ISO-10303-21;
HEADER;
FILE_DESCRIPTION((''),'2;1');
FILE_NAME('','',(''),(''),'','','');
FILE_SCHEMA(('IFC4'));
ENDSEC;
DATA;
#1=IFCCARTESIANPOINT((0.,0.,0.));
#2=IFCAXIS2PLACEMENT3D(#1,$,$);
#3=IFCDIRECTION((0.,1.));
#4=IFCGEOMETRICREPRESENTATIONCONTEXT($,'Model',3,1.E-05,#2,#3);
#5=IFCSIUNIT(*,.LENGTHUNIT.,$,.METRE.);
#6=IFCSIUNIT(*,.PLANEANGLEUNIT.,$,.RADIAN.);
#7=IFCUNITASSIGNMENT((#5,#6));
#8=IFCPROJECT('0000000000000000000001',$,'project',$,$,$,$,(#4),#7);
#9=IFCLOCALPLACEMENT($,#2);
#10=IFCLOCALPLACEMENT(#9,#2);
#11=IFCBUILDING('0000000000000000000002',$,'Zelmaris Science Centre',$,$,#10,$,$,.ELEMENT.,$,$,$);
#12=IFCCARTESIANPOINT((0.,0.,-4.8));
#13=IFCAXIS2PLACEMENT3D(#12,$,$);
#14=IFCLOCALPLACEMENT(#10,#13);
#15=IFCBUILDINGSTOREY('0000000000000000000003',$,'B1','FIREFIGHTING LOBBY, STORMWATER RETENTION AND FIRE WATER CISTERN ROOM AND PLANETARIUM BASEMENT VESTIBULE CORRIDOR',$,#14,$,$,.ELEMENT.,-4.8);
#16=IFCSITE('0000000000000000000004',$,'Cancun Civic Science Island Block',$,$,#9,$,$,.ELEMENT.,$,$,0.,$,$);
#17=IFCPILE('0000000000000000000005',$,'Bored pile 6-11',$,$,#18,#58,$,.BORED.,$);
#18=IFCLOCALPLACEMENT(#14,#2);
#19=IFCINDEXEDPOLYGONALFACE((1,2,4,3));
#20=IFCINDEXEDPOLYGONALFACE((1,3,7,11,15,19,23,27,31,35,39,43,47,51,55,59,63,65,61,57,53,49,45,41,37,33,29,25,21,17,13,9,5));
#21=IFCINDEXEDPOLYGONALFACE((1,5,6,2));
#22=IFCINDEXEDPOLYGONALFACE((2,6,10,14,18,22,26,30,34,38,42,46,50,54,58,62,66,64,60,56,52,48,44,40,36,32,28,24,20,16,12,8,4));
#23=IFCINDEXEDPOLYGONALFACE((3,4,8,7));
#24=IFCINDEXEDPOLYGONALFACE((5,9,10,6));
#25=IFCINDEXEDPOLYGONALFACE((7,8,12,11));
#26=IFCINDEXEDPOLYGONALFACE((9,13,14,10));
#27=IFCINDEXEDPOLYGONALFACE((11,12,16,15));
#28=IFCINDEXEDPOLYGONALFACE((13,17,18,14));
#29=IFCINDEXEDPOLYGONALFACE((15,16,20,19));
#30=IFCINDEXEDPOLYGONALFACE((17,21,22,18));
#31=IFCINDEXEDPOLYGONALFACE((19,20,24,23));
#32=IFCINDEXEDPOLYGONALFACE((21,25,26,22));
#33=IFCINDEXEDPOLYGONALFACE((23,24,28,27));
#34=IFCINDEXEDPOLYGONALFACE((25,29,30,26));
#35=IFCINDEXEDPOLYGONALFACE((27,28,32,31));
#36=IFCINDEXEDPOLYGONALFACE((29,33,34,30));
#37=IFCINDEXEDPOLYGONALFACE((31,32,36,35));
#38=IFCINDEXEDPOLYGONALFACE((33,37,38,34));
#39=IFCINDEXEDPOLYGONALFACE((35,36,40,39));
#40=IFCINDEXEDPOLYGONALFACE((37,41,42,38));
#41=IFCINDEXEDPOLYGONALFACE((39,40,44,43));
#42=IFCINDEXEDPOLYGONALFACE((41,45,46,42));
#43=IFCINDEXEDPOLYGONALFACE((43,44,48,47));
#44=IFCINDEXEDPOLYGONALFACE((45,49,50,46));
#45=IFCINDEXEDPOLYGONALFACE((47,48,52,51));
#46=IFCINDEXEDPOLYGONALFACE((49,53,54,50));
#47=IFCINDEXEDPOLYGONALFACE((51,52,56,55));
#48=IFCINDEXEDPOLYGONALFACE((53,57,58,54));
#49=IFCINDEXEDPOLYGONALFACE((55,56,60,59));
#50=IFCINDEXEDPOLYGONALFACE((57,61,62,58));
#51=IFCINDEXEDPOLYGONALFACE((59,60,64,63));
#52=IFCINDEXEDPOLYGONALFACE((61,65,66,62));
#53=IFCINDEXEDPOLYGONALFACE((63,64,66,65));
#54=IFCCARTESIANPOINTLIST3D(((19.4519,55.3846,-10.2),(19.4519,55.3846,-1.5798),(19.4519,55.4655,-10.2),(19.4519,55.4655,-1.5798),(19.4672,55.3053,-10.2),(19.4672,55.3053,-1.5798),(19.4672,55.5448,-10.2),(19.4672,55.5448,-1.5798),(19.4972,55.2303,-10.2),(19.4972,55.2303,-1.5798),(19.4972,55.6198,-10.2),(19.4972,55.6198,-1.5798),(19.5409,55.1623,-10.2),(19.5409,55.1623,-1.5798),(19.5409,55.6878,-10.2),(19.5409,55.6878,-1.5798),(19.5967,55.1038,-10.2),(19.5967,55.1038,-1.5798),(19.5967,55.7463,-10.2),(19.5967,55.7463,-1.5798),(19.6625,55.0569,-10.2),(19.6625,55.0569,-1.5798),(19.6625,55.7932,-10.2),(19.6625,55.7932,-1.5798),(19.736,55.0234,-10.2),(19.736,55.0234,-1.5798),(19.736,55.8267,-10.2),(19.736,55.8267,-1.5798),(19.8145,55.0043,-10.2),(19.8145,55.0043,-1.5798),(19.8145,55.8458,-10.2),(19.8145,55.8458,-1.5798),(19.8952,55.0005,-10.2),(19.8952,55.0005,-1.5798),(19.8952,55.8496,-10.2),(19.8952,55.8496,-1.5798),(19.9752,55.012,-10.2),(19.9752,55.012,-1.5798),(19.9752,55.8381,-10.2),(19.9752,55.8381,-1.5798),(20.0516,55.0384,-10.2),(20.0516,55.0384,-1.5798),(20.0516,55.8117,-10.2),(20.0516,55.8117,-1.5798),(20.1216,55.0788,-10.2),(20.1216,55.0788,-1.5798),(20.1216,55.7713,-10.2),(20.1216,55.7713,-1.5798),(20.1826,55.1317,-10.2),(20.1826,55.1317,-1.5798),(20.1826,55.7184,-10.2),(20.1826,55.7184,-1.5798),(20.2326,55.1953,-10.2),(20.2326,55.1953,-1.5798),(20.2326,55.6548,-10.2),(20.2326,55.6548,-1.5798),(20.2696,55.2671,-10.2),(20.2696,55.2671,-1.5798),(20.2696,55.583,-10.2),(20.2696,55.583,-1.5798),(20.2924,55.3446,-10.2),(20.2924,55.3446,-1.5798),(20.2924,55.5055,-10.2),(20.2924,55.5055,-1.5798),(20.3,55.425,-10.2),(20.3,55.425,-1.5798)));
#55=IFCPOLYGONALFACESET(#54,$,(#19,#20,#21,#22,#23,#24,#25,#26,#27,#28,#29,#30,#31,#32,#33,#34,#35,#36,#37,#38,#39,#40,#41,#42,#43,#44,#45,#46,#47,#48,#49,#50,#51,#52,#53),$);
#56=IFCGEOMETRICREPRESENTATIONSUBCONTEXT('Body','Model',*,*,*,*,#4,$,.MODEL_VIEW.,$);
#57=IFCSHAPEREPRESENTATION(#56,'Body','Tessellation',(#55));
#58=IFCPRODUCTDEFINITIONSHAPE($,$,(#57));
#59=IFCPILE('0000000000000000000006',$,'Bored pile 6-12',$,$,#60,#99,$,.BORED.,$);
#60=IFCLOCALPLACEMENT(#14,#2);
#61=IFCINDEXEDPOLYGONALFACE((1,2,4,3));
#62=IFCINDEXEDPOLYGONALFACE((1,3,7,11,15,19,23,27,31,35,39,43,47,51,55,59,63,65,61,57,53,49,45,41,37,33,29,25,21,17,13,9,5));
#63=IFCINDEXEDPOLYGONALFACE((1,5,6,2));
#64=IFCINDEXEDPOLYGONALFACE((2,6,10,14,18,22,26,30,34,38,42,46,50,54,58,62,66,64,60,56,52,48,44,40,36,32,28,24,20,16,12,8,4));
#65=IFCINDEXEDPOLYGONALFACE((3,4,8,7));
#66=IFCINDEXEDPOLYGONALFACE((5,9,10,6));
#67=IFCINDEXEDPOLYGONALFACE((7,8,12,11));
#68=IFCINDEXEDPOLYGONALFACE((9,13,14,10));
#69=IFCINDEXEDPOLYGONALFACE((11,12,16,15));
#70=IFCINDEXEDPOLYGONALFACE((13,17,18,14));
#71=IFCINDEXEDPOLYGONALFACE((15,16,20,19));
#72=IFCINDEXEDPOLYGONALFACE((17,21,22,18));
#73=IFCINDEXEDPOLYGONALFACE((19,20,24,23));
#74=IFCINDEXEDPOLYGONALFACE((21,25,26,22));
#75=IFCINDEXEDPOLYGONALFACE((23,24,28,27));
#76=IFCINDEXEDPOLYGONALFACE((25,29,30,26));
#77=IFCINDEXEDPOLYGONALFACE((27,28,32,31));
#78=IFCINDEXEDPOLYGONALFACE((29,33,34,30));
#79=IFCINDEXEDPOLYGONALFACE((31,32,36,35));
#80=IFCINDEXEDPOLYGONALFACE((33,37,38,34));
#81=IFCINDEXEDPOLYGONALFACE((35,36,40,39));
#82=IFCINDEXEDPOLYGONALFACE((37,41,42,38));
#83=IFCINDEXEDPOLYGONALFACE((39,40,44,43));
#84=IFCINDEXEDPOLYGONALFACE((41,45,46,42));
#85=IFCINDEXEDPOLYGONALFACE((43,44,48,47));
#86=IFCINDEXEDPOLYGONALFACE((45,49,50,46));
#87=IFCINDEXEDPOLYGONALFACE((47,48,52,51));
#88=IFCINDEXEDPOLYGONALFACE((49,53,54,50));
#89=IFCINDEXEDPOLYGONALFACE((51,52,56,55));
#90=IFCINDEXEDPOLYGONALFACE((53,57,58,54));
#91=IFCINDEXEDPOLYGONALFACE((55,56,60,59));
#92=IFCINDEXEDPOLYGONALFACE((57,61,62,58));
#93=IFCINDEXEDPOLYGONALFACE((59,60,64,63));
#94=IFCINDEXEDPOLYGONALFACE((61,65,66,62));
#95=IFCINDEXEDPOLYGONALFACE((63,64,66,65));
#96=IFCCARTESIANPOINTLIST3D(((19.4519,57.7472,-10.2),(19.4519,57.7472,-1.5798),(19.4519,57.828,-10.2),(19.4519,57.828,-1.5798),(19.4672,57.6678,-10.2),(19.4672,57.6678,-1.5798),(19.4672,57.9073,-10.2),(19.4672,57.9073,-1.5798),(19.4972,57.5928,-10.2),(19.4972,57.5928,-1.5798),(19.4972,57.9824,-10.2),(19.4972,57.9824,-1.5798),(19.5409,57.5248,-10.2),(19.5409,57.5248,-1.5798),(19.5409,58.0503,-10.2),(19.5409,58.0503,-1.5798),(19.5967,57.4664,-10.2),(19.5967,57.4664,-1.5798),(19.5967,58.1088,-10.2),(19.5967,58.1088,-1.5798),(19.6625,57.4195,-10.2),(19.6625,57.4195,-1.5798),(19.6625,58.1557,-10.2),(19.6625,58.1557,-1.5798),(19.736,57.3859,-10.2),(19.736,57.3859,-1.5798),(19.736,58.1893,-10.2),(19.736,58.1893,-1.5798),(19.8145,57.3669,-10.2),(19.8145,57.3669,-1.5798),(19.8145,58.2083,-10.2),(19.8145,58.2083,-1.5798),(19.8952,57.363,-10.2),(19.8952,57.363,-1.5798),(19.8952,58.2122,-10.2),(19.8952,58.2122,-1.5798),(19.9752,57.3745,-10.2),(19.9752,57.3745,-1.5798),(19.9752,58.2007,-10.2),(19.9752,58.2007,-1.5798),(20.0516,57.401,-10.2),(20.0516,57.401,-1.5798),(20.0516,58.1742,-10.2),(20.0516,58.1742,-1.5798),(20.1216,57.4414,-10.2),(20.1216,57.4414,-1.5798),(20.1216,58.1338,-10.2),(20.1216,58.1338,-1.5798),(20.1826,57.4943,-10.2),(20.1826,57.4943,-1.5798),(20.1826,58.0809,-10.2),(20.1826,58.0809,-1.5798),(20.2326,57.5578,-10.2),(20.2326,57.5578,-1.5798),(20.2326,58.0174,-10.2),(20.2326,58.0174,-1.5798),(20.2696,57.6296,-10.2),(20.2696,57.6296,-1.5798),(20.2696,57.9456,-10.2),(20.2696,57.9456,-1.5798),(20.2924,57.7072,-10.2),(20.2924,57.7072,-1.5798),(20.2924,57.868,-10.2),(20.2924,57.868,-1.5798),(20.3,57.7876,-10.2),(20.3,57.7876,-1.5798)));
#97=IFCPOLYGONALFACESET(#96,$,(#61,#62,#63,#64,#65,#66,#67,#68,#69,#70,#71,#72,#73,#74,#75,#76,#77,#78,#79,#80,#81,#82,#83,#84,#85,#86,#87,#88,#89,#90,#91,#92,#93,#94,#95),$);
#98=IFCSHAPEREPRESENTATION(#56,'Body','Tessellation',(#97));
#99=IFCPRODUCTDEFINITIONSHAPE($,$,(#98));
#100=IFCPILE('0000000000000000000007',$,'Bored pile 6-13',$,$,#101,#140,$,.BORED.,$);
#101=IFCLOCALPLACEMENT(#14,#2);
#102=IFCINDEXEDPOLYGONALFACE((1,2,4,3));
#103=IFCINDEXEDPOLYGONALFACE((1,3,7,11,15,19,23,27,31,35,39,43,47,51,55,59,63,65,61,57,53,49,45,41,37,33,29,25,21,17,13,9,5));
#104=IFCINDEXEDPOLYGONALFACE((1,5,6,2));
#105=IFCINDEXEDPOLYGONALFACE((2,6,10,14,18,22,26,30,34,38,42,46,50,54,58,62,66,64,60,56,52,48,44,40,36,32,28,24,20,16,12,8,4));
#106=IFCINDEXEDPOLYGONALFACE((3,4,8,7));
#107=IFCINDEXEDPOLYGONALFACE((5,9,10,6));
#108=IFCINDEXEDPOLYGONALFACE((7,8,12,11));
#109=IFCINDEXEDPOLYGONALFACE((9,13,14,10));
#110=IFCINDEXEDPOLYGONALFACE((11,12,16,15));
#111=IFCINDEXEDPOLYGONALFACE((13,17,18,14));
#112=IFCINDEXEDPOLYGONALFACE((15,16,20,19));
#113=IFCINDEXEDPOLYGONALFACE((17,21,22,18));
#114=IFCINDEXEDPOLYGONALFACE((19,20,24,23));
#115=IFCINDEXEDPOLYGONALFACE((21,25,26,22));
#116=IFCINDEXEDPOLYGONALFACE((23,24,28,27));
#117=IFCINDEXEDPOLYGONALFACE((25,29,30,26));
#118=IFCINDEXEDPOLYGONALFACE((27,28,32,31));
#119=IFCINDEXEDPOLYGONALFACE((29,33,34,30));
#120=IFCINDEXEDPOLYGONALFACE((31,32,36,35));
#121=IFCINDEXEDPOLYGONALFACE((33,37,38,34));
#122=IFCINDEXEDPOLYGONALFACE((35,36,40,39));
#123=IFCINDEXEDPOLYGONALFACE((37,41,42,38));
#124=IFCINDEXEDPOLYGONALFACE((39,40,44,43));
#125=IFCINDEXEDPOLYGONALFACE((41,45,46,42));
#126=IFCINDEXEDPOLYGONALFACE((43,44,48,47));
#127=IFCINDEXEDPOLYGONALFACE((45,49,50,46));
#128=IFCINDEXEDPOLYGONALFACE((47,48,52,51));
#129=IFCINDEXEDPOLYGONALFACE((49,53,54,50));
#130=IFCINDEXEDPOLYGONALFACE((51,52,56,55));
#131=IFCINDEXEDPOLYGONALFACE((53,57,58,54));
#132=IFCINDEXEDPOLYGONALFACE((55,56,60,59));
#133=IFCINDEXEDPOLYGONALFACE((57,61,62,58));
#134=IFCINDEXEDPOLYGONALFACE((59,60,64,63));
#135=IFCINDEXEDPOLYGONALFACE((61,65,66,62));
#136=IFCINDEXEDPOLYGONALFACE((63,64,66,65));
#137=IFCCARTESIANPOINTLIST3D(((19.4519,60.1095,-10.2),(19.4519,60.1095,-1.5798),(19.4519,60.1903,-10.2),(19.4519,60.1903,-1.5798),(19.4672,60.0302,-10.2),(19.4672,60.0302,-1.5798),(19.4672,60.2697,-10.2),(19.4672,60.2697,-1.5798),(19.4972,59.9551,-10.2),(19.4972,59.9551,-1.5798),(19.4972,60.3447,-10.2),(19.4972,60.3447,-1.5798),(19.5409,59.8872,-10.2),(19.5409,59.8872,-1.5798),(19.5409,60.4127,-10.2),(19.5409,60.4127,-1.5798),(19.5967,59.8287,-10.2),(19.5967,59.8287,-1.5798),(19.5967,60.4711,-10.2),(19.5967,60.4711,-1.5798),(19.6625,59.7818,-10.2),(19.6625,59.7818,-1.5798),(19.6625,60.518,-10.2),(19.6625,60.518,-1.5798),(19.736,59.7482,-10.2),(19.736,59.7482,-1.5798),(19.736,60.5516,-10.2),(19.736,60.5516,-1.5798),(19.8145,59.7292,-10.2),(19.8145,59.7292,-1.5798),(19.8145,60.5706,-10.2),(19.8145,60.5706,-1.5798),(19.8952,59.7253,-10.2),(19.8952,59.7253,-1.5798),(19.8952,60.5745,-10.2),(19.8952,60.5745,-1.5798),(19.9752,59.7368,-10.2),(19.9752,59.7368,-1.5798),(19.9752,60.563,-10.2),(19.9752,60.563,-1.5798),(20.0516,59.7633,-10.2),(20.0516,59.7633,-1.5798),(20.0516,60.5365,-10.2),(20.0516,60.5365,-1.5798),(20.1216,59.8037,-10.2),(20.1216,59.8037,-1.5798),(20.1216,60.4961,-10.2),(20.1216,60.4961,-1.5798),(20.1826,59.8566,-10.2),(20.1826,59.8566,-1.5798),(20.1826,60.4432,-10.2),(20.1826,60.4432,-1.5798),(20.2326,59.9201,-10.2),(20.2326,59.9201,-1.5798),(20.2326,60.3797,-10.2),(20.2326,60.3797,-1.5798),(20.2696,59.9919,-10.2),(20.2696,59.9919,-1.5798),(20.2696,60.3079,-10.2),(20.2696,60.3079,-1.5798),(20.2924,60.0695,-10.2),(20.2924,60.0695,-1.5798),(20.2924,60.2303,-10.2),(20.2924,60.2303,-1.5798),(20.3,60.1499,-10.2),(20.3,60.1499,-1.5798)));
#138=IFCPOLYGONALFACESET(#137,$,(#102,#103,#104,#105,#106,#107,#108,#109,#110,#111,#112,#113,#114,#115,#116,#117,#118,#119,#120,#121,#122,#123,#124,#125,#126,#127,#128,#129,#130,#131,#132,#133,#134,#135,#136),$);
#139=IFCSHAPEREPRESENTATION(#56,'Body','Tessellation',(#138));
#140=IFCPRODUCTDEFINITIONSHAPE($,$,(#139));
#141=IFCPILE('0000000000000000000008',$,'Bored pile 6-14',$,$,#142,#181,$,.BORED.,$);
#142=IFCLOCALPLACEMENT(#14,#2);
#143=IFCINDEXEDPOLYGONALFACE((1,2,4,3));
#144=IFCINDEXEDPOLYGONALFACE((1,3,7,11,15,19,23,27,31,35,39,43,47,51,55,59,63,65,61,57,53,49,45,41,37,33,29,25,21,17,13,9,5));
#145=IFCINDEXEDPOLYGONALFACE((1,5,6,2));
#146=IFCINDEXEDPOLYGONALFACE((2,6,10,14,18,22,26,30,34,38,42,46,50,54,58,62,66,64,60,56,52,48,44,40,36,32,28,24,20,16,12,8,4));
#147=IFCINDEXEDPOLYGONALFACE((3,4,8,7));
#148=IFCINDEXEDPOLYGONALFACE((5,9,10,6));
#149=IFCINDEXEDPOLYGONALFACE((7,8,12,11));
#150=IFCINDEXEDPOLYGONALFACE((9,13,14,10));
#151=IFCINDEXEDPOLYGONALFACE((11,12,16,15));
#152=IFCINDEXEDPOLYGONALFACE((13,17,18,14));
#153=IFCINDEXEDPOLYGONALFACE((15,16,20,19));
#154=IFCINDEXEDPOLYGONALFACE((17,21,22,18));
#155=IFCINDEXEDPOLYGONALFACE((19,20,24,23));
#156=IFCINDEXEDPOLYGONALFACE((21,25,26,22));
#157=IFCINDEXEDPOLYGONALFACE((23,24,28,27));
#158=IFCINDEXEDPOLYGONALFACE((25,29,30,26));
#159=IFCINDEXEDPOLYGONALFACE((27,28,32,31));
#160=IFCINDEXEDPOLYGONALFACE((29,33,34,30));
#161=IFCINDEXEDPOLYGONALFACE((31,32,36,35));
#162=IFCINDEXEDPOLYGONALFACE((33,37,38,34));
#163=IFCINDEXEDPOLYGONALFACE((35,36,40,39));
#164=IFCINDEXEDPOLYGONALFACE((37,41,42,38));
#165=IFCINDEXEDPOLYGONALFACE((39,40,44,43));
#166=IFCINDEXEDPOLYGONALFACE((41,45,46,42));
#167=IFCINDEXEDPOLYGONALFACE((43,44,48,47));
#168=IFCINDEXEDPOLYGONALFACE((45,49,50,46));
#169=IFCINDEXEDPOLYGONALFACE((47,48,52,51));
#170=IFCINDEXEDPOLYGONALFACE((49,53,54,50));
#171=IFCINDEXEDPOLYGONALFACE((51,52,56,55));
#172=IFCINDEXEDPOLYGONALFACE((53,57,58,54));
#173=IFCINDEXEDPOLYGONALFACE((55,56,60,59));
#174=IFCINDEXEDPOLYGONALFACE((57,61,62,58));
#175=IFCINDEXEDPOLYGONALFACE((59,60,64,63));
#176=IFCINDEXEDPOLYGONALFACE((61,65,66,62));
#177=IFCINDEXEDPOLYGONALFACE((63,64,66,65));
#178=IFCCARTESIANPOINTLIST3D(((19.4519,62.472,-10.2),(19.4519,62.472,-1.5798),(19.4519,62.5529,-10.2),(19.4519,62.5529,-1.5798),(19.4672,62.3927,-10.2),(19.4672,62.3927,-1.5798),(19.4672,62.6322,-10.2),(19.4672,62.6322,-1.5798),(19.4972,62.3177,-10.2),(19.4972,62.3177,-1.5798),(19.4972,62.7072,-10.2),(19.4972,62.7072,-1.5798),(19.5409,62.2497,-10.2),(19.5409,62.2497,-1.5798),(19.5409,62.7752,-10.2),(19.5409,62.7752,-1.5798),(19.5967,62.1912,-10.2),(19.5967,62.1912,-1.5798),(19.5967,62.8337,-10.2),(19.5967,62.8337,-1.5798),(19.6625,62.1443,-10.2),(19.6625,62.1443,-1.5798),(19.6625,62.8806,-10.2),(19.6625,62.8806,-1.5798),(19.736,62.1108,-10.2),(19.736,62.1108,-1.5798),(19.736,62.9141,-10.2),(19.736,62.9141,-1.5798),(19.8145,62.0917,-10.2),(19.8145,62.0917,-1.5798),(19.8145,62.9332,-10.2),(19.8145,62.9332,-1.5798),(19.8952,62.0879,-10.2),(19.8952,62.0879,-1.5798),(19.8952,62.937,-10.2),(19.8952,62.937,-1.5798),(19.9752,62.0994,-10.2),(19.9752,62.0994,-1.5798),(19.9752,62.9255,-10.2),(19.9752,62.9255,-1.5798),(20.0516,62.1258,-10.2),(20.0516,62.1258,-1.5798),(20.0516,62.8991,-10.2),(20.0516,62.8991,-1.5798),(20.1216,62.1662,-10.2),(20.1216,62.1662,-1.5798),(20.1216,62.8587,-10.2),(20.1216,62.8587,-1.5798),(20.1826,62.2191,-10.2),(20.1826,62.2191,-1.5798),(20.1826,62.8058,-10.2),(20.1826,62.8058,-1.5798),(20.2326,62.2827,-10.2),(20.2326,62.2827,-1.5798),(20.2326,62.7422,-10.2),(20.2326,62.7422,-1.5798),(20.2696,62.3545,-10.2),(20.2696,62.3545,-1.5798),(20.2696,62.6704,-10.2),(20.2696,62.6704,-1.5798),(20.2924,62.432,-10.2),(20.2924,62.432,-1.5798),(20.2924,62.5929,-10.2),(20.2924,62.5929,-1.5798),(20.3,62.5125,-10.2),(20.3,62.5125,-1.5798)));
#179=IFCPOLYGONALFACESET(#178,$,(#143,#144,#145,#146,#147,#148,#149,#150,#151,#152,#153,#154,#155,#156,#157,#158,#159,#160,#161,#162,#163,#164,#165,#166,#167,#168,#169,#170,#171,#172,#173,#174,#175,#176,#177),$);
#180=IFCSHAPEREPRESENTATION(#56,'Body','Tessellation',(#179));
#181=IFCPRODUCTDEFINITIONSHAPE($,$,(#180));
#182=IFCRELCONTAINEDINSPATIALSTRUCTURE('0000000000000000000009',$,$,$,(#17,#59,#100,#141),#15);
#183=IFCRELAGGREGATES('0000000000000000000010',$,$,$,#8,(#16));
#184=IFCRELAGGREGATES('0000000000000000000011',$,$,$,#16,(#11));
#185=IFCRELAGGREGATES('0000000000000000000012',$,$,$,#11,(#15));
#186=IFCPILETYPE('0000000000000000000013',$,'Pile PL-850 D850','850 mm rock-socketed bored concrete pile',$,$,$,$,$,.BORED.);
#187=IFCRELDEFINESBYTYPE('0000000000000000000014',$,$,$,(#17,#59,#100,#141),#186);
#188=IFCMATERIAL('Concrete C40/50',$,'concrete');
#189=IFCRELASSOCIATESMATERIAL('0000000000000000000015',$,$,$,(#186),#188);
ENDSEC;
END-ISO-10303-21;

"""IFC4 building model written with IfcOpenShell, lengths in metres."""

from ifc_helpers import new_model, si_unit, direction, frame, origin, origin_2d, place, context, subcontext, project, spatial, circle, extrude, material, material_profile, profile_set, type_object, element, save


model = new_model("IFC4")

# Units and contexts
model_context = context("Model", 3, precision=1e-05, world=origin(), true_north=direction((0.0, 1.0)))
body_context = subcontext(model_context, "Body", "Model", "MODEL_VIEW")
ifc_project = project(units=[si_unit("LENGTHUNIT", "METRE"), si_unit("PLANEANGLEUNIT", "RADIAN")], contexts=[model_context])

# Site, building, storey
site_placement = place(None, origin())
site = spatial("IfcSite", under=ifc_project, at=site_placement, Name="Cancun Civic Science Island Block", CompositionType="ELEMENT", RefElevation=0.0)
building_placement = place(site_placement, origin())
building = spatial("IfcBuilding", under=site, at=building_placement, Name="Zelmaris Science Centre", CompositionType="ELEMENT")
storey_placement = place(building_placement, frame((0.0, 0.0, -4.8)))
storey = spatial("IfcBuildingStorey", under=building, at=storey_placement, Name="B1", Description="FIREFIGHTING LOBBY, STORMWATER RETENTION AND FIRE WATER CISTERN ROOM AND PLANETARIUM BASEMENT VESTIBULE CORRIDOR", CompositionType="ELEMENT", Elevation=-4.8)

# Shared definitions
ifc_material_1 = material(Name="Concrete C40/50", Category="concrete")

# Piles
ifc_material_profile_1 = material_profile(ifc_material_1, circle(Radius=0.425, at=origin_2d()), Name="PILE-850")
ifc_profile_set_1 = profile_set([ifc_material_profile_1], Name="Concrete C40/50")
pile_type_1 = type_object("IfcPileType", Name="Pile PL-850 D850", Description="850 mm rock-socketed bored concrete pile", PredefinedType="BORED", material=ifc_profile_set_1)
for number, where, z_axis, x_axis, name in (
    (1, (19.875, 55.425, -1.5798), (0.0, 0.0, -1.0), (1.0, 0.0, 0.0), "Bored pile 6-11"),
    (2, (19.875, 57.7876, -1.5798), (0.0, 0.0, -1.0), (1.0, 0.0, 0.0), "Bored pile 6-12"),
    (3, (19.875, 60.1499, -1.5798), (0.0, 0.0, -1.0), (1.0, 0.0, 0.0), "Bored pile 6-13"),
    (4, (19.875, 62.5125, -1.5798), (0.0, 0.0, -1.0), (1.0, 0.0, 0.0), "Bored pile 6-14"),
):
    element("IfcPile", number, at=place(storey_placement, frame(where, z_axis=z_axis, x_axis=x_axis)), inside=storey, type_object=pile_type_1, Name=name, PredefinedType="BORED", context=body_context, shape_type="SweptSolid", body=[
        extrude(circle(Radius=0.425, at=origin_2d()), origin(), (0.0, 0.0, 1.0), 8.6201),
    ])

save(model, "model.ifc")
